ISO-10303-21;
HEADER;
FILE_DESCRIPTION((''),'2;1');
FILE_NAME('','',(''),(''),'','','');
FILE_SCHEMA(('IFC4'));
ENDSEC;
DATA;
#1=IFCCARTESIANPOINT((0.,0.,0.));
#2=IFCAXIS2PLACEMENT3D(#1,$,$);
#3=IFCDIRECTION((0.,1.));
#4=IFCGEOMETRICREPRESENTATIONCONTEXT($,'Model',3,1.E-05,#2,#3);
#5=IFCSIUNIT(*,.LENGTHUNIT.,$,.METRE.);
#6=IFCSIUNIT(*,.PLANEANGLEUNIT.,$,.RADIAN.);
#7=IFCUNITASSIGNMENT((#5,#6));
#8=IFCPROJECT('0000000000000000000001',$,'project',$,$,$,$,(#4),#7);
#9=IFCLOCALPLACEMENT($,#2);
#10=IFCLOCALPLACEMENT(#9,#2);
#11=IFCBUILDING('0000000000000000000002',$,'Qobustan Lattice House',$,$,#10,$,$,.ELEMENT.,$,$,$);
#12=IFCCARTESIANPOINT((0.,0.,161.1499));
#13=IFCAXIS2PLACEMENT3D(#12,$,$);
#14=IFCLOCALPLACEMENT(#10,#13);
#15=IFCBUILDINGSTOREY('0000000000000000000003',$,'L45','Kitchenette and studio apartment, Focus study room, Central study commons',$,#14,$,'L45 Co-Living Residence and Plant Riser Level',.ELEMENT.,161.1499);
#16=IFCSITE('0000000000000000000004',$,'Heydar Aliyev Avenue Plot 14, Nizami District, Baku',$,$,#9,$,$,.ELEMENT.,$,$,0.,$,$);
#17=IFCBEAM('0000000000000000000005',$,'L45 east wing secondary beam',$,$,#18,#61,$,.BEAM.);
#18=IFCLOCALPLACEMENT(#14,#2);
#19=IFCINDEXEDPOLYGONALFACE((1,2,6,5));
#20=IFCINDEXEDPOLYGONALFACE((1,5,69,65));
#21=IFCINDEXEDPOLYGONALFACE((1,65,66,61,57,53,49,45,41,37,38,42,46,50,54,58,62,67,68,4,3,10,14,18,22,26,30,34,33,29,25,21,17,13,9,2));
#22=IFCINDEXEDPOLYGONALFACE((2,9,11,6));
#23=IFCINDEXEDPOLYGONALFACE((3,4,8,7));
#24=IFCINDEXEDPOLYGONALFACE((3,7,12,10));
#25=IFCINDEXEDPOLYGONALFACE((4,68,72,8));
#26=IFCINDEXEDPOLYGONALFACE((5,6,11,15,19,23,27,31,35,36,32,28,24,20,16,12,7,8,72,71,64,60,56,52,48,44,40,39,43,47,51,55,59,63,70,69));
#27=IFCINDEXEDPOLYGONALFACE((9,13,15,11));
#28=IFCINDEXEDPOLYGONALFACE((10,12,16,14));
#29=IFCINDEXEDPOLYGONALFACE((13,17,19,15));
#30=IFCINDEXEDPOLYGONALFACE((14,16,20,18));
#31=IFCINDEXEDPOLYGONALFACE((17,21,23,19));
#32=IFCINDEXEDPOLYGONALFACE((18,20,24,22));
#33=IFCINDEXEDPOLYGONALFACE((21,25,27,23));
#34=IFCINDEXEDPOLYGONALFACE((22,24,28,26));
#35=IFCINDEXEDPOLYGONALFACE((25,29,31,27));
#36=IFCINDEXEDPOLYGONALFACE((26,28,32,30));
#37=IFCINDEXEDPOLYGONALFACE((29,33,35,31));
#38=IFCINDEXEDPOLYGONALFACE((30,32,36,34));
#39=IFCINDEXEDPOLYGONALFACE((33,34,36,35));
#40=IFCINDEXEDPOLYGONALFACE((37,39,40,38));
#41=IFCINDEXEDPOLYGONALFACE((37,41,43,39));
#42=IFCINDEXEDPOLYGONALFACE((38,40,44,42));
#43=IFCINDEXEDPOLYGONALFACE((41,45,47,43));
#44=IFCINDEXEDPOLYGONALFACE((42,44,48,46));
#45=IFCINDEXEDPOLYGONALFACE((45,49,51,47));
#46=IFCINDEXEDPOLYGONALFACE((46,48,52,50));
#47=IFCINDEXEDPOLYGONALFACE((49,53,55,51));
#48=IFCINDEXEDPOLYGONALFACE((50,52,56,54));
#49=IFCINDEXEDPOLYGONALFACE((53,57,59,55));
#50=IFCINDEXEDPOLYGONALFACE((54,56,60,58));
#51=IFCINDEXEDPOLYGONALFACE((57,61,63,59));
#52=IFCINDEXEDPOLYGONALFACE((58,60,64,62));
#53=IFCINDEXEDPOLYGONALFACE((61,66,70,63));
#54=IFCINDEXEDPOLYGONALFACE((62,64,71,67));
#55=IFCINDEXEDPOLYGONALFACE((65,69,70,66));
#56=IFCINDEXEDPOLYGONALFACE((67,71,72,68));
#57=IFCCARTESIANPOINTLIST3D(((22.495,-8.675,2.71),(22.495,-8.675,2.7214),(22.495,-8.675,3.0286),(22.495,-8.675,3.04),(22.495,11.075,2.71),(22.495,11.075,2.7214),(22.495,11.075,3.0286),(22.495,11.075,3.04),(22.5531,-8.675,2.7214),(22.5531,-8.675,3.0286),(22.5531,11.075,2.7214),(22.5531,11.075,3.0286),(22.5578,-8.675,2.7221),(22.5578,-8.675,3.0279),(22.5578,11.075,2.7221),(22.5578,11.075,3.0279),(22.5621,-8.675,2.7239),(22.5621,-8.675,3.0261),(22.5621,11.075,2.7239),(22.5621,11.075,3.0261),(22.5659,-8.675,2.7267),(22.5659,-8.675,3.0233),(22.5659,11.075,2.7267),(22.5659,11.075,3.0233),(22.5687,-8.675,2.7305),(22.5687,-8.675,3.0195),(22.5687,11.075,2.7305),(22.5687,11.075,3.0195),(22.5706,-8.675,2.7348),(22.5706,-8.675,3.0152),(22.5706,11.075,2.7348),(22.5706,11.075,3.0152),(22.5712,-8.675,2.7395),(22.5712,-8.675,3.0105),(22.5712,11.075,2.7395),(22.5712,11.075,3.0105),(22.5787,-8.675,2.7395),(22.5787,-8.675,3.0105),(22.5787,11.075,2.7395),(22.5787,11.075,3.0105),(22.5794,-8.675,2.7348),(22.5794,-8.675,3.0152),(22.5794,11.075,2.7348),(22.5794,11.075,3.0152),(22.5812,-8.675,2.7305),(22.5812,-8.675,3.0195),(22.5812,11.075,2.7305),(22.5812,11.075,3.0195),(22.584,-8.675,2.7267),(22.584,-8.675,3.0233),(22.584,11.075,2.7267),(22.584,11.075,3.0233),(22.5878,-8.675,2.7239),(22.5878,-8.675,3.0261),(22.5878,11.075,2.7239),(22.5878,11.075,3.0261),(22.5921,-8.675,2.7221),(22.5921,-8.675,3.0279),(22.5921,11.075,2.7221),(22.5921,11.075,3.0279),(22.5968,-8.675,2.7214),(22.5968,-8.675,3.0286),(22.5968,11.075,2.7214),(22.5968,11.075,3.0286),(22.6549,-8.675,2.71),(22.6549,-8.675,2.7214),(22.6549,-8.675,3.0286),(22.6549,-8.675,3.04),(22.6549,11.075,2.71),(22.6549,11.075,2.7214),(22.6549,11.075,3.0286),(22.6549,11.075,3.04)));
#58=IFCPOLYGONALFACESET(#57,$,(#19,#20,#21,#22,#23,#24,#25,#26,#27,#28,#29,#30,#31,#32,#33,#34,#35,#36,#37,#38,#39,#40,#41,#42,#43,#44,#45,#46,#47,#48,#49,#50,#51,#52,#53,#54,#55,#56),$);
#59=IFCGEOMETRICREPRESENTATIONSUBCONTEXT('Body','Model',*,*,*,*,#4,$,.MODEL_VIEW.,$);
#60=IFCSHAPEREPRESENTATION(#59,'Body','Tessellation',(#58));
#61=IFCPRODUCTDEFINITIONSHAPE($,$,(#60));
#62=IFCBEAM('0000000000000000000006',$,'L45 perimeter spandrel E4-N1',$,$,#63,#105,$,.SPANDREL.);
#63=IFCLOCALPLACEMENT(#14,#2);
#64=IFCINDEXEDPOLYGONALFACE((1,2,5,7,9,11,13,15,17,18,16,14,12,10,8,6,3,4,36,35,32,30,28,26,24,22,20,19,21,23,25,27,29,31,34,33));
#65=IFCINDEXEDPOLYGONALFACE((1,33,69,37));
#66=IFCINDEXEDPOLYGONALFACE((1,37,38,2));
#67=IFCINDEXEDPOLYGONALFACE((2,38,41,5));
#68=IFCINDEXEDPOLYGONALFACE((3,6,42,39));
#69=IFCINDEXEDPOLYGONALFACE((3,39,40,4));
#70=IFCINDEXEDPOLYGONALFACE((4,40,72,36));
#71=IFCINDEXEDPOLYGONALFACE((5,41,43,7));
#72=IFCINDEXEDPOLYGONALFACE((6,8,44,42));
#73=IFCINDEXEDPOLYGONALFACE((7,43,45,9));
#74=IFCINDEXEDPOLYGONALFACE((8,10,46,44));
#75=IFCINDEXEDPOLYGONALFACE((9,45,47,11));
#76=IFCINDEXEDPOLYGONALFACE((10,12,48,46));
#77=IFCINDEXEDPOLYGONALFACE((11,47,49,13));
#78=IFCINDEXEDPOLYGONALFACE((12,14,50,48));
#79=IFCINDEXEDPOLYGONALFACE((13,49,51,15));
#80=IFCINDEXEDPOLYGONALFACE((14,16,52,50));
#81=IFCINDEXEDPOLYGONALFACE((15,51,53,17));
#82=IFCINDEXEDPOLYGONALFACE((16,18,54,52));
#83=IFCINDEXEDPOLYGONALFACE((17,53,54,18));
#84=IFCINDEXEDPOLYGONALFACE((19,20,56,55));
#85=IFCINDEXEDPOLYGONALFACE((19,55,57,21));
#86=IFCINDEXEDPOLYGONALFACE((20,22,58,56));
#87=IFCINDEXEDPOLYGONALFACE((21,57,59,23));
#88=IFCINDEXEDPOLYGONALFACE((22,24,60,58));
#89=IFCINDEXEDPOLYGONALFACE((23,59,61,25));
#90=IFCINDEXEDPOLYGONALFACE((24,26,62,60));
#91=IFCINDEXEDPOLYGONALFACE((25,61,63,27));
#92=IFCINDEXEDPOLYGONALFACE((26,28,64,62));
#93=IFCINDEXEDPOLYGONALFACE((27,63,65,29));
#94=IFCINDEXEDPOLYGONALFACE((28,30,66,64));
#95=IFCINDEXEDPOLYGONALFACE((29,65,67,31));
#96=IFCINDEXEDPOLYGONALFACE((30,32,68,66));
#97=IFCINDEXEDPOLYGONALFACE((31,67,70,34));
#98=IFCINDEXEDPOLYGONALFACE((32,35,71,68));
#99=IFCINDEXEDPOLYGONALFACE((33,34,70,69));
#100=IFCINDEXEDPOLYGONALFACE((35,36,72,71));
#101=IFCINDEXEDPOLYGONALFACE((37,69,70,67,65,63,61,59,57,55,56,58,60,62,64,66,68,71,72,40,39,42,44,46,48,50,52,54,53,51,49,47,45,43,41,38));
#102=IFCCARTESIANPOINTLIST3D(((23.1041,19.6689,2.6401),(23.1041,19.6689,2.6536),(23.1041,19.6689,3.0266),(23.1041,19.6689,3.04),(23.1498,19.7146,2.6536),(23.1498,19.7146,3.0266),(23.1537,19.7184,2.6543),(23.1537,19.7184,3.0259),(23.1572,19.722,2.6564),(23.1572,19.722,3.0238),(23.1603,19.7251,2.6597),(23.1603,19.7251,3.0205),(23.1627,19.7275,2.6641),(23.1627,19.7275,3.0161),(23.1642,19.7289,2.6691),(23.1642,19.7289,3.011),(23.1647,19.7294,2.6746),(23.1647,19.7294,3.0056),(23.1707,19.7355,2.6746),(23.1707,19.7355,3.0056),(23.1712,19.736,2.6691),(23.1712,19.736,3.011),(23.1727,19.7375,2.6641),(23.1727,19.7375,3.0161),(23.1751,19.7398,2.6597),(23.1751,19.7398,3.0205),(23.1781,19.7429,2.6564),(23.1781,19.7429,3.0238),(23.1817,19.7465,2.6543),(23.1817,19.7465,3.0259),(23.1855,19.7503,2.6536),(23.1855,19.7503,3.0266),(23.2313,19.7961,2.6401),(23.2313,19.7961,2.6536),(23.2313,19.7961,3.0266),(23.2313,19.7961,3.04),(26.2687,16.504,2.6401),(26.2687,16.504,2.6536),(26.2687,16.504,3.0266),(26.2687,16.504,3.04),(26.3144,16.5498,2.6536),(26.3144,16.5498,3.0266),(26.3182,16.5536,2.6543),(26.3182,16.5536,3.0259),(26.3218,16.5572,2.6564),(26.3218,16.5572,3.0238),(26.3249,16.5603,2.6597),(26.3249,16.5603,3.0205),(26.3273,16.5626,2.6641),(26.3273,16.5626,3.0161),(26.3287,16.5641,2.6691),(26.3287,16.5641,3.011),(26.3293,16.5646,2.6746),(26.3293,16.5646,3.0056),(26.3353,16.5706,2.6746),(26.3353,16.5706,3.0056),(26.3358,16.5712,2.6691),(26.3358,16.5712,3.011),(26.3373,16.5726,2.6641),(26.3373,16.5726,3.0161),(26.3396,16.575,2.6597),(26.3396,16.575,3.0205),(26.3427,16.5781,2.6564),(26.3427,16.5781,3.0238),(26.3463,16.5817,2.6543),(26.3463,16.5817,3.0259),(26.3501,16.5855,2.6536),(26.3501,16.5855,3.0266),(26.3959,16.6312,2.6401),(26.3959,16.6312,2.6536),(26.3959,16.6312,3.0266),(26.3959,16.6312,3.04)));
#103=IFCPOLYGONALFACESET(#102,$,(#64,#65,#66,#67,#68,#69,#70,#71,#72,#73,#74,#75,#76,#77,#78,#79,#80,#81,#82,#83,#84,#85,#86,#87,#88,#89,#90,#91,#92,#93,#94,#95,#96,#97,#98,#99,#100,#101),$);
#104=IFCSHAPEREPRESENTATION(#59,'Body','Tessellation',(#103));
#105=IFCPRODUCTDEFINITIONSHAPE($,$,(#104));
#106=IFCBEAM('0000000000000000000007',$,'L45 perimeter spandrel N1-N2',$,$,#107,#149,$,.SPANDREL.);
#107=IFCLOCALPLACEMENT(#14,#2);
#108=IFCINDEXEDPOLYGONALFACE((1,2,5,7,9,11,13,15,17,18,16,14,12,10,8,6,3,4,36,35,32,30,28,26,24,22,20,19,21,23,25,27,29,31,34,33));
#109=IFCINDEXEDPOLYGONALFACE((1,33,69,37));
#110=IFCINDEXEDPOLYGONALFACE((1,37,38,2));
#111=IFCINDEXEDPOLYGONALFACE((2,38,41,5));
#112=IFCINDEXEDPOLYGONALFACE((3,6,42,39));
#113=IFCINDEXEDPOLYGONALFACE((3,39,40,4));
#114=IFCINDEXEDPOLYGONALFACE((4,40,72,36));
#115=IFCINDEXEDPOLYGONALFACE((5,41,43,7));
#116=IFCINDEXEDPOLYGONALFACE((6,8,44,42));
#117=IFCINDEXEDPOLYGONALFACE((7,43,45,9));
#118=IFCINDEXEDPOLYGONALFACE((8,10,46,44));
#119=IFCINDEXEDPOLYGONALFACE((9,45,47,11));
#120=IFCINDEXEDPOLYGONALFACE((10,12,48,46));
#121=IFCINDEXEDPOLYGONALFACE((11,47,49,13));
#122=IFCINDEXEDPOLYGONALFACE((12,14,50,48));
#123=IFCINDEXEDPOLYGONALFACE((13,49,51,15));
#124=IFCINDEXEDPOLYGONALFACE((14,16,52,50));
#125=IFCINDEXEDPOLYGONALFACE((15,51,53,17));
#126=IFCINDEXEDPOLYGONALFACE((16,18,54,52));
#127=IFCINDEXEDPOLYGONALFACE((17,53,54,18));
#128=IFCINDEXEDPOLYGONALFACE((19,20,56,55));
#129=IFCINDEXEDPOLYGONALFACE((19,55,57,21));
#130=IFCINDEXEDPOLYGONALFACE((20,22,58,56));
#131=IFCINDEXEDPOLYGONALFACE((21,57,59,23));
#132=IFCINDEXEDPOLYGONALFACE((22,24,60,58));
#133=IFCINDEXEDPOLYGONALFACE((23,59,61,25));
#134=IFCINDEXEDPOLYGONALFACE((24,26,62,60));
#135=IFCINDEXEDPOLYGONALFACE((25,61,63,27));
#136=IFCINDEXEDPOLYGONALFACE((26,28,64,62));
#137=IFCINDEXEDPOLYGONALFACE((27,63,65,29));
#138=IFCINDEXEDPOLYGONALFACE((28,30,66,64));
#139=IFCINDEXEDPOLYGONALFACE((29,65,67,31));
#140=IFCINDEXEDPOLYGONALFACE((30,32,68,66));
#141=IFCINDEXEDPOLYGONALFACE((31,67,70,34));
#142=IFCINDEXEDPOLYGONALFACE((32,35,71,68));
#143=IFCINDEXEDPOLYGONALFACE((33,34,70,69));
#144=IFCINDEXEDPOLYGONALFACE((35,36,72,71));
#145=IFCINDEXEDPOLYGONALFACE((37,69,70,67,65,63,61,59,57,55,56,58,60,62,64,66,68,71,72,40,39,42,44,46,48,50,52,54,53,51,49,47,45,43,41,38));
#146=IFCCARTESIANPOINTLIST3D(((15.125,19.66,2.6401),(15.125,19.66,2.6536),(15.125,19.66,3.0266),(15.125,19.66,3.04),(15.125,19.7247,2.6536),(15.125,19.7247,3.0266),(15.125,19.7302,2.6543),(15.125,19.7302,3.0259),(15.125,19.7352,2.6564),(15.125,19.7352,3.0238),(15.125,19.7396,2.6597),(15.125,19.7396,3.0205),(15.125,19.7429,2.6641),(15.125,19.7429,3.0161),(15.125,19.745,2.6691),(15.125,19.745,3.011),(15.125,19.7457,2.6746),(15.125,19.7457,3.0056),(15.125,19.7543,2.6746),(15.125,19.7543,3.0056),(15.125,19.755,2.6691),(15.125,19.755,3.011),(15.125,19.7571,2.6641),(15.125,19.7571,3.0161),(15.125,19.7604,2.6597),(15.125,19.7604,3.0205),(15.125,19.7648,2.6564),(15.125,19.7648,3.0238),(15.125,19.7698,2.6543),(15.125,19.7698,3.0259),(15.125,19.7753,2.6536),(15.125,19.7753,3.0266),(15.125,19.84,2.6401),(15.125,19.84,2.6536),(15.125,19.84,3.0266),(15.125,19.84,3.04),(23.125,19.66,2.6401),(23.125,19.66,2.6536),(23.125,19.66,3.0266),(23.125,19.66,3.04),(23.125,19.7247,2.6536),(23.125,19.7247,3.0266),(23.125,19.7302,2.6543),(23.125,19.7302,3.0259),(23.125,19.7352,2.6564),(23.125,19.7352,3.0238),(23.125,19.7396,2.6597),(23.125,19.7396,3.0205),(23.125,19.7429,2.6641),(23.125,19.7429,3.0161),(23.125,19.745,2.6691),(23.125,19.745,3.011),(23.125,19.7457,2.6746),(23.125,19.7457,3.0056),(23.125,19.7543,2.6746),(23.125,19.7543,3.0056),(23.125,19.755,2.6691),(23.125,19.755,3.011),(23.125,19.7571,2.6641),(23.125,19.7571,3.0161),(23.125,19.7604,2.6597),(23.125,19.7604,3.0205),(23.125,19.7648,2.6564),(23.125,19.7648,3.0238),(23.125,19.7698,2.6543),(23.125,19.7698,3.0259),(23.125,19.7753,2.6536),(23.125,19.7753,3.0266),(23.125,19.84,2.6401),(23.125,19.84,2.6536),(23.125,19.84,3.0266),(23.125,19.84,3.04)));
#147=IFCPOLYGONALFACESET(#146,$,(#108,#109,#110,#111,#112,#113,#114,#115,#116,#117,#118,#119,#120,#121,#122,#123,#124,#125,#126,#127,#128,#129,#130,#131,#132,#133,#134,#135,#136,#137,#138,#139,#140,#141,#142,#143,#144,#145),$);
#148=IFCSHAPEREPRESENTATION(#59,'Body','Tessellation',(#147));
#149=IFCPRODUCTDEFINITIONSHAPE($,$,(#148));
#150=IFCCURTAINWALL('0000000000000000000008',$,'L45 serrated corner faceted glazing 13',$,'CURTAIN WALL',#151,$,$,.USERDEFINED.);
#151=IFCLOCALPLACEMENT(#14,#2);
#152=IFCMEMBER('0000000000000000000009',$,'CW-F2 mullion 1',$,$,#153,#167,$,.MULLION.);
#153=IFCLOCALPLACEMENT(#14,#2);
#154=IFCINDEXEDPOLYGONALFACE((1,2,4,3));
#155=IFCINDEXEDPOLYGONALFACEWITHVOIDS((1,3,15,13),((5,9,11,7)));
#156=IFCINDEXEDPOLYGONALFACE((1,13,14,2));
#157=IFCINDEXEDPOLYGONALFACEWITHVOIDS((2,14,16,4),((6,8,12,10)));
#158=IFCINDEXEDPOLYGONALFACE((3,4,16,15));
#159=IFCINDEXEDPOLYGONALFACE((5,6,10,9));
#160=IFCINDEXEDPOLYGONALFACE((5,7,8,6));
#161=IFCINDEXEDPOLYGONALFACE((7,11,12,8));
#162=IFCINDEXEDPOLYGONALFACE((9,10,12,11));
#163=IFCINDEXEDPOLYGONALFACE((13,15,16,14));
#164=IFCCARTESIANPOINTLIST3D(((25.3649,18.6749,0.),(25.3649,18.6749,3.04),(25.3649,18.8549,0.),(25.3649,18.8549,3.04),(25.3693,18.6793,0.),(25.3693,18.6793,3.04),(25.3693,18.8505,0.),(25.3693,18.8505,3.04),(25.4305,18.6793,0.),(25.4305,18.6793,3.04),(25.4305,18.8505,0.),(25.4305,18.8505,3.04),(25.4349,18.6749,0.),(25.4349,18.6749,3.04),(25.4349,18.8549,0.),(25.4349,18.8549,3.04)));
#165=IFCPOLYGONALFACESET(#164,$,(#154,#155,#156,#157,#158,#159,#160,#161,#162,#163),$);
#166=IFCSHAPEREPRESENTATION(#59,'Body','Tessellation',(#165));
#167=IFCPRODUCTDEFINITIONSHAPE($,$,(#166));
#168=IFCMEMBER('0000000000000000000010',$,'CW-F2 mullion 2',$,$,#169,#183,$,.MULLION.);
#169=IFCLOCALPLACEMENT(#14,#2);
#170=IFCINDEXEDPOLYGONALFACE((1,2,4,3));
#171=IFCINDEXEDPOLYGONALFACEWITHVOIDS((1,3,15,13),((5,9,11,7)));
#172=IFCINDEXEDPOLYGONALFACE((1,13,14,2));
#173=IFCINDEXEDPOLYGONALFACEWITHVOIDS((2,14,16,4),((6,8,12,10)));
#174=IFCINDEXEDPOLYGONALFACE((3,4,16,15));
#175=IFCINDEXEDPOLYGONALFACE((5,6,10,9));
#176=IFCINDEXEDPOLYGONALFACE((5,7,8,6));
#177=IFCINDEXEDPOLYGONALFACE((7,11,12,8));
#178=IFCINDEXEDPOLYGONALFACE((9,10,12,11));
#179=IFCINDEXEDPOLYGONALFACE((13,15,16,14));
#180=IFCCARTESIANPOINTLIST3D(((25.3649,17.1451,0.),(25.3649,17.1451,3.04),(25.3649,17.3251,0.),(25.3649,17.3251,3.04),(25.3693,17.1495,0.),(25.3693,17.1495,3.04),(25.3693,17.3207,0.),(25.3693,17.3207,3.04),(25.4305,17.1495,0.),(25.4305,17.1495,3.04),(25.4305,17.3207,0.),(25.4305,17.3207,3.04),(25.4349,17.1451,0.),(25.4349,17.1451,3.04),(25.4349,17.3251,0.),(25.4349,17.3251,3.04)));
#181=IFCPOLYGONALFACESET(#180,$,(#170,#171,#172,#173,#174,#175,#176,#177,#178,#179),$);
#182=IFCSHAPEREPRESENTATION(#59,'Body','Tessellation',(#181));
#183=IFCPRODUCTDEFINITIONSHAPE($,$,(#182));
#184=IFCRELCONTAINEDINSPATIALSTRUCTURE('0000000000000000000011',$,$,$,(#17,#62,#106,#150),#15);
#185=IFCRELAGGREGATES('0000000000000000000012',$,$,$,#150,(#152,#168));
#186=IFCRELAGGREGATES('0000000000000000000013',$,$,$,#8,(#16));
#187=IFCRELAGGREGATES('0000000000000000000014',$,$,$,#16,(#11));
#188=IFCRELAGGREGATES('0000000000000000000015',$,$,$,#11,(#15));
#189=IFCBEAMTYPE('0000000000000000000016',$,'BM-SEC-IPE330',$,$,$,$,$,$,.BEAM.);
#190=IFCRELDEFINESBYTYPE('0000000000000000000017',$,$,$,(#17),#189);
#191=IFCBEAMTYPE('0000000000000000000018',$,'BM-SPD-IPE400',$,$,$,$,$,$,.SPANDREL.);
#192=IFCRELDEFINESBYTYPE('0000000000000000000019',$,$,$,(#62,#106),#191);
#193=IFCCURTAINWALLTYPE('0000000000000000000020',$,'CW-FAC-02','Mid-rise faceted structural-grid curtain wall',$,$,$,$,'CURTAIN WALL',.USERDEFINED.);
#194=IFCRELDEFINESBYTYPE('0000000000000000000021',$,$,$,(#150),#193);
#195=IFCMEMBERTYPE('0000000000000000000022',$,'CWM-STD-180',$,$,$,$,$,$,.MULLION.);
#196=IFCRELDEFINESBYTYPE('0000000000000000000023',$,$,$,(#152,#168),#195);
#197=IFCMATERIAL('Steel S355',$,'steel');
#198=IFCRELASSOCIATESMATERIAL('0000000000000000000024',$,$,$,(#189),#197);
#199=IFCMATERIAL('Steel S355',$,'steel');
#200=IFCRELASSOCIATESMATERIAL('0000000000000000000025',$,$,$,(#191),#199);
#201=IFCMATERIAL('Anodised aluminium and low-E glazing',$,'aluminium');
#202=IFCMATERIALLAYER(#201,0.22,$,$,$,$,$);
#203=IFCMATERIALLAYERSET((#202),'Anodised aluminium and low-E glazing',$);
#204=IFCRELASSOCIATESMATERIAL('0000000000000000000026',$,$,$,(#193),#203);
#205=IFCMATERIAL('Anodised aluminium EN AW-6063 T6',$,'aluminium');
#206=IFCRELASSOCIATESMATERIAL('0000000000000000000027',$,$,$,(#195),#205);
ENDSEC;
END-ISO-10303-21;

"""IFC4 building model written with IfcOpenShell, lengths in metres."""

from ifc_helpers import new_model, si_unit, direction, frame, origin, origin_2d, place, context, subcontext, project, spatial, hollow_rectangle, i_section, extrude, material, layer, layer_set, material_profile, profile_set, type_object, element, aggregate, save


model = new_model("IFC4")

# Units and contexts
model_context = context("Model", 3, precision=1e-05, world=origin(), true_north=direction((0.0, 1.0)))
body_context = subcontext(model_context, "Body", "Model", "MODEL_VIEW")
ifc_project = project(units=[si_unit("LENGTHUNIT", "METRE"), si_unit("PLANEANGLEUNIT", "RADIAN")], contexts=[model_context])

# Site, building, storey
site_placement = place(None, origin())
site = spatial("IfcSite", under=ifc_project, at=site_placement, Name="Heydar Aliyev Avenue Plot 14, Nizami District, Baku", CompositionType="ELEMENT", RefElevation=0.0)
building_placement = place(site_placement, origin())
building = spatial("IfcBuilding", under=site, at=building_placement, Name="Qobustan Lattice House", CompositionType="ELEMENT")
storey_placement = place(building_placement, frame((0.0, 0.0, 161.1499)))
storey = spatial("IfcBuildingStorey", under=building, at=storey_placement, Name="L45", Description="Kitchenette and studio apartment, Focus study room, Central study commons", LongName="L45 Co-Living Residence and Plant Riser Level", CompositionType="ELEMENT", Elevation=161.1499)

# Beams
ifc_material_1 = material(Name="Steel S355", Category="steel")
ifc_material_profile_1 = material_profile(ifc_material_1, i_section(OverallWidth=0.1599, OverallDepth=0.3301, WebThickness=0.0076, FlangeThickness=0.0115, FilletRadius=0.0181, at=origin_2d()), Name="IPE330")
ifc_profile_set_1 = profile_set([ifc_material_profile_1], Name="Steel S355")
beam_type_1 = type_object("IfcBeamType", Name="BM-SEC-IPE330", PredefinedType="BEAM", material=ifc_profile_set_1)
beam_1_placement = place(storey_placement, frame((22.575, 11.075, 2.875), z_axis=(0.0, -1.0, 0.0), x_axis=(1.0, 0.0, 0.0)))
element("IfcBeam", 1, at=beam_1_placement, inside=storey, type_object=beam_type_1, Name="L45 east wing secondary beam", PredefinedType="BEAM", context=body_context, shape_type="SweptSolid", body=[
    extrude(i_section(OverallWidth=0.1599, OverallDepth=0.3301, WebThickness=0.0076, FlangeThickness=0.0115, FilletRadius=0.0181, at=origin_2d()), origin(), (0.0, 0.0, 1.0), 19.75),
])
ifc_material_2 = material(Name="Steel S355", Category="steel")
ifc_material_profile_2 = material_profile(ifc_material_2, i_section(OverallWidth=0.1799, OverallDepth=0.3999, WebThickness=0.0085, FlangeThickness=0.0134, FilletRadius=0.021, at=origin_2d()), Name="IPE400")
ifc_profile_set_2 = profile_set([ifc_material_profile_2], Name="Steel S355")
beam_type_2 = type_object("IfcBeamType", Name="BM-SPD-IPE400", PredefinedType="SPANDREL", material=ifc_profile_set_2)
beam_2_placement = place(storey_placement, frame((26.3323, 16.5676, 2.8401), z_axis=(-0.70708, 0.707134, 0.0), x_axis=(-0.707134, -0.70708, 0.0)))
element("IfcBeam", 2, at=beam_2_placement, inside=storey, type_object=beam_type_2, Name="L45 perimeter spandrel E4-N1", PredefinedType="SPANDREL", context=body_context, shape_type="SweptSolid", body=[
    extrude(i_section(OverallWidth=0.1799, OverallDepth=0.3999, WebThickness=0.0085, FlangeThickness=0.0134, FilletRadius=0.021, at=origin_2d()), origin(), (0.0, 0.0, 1.0), 4.4756),
])
beam_3_placement = place(storey_placement, frame((23.125, 19.75, 2.8401), z_axis=(-1.0, 0.0, 0.0), x_axis=(0.0, -1.0, 0.0)))
element("IfcBeam", 3, at=beam_3_placement, inside=storey, type_object=beam_type_2, Name="L45 perimeter spandrel N1-N2", PredefinedType="SPANDREL", context=body_context, shape_type="SweptSolid", body=[
    extrude(i_section(OverallWidth=0.1799, OverallDepth=0.3999, WebThickness=0.0085, FlangeThickness=0.0134, FilletRadius=0.021, at=origin_2d()), origin(), (0.0, 0.0, 1.0), 8.0),
])

# Curtain wall, members
ifc_material_3 = material(Name="Anodised aluminium and low-E glazing", Category="aluminium")
ifc_layer_1 = layer(ifc_material_3, 0.22)
ifc_layer_set_1 = layer_set([ifc_layer_1], Name="Anodised aluminium and low-E glazing")
curtain_wall_type = type_object("IfcCurtainWallType", Name="CW-FAC-02", Description="Mid-rise faceted structural-grid curtain wall", ElementType="CURTAIN WALL", PredefinedType="USERDEFINED", material=ifc_layer_set_1)
curtain_wall_placement = place(storey_placement, origin())
curtain_wall = element("IfcCurtainWall", 4, at=curtain_wall_placement, inside=storey, type_object=curtain_wall_type, Name="L45 serrated corner faceted glazing 13", ObjectType="CURTAIN WALL", PredefinedType="USERDEFINED")
ifc_material_4 = material(Name="Anodised aluminium EN AW-6063 T6", Category="aluminium")
ifc_material_profile_3 = material_profile(ifc_material_4, hollow_rectangle(XDim=0.0701, YDim=0.1799, WallThickness=0.0044, at=origin_2d()), Name="CWM-180x70")
ifc_profile_set_3 = profile_set([ifc_material_profile_3], Name="Anodised aluminium EN AW-6063 T6")
member_type_1 = type_object("IfcMemberType", Name="CWM-STD-180", PredefinedType="MULLION", material=ifc_profile_set_3)
member_1_placement = place(storey_placement, frame((25.3999, 18.7649, 0.0), z_axis=(0.0, 0.0, 1.0), x_axis=(1.0, 0.0, 0.0)))
member_1 = element("IfcMember", 5, at=member_1_placement, type_object=member_type_1, Name="CW-F2 mullion 1", PredefinedType="MULLION", context=body_context, shape_type="SweptSolid", body=[
    extrude(hollow_rectangle(XDim=0.0701, YDim=0.1799, WallThickness=0.0044, at=origin_2d()), origin(), (0.0, 0.0, 1.0), 3.04),
])
member_2_placement = place(storey_placement, frame((25.3999, 17.2351, 0.0), z_axis=(0.0, 0.0, 1.0), x_axis=(1.0, 0.0, 0.0)))
member_2 = element("IfcMember", 6, at=member_2_placement, type_object=member_type_1, Name="CW-F2 mullion 2", PredefinedType="MULLION", context=body_context, shape_type="SweptSolid", body=[
    extrude(hollow_rectangle(XDim=0.0701, YDim=0.1799, WallThickness=0.0044, at=origin_2d()), origin(), (0.0, 0.0, 1.0), 3.04),
])
aggregate(curtain_wall, [member_1, member_2])

save(model, "model.ifc")
